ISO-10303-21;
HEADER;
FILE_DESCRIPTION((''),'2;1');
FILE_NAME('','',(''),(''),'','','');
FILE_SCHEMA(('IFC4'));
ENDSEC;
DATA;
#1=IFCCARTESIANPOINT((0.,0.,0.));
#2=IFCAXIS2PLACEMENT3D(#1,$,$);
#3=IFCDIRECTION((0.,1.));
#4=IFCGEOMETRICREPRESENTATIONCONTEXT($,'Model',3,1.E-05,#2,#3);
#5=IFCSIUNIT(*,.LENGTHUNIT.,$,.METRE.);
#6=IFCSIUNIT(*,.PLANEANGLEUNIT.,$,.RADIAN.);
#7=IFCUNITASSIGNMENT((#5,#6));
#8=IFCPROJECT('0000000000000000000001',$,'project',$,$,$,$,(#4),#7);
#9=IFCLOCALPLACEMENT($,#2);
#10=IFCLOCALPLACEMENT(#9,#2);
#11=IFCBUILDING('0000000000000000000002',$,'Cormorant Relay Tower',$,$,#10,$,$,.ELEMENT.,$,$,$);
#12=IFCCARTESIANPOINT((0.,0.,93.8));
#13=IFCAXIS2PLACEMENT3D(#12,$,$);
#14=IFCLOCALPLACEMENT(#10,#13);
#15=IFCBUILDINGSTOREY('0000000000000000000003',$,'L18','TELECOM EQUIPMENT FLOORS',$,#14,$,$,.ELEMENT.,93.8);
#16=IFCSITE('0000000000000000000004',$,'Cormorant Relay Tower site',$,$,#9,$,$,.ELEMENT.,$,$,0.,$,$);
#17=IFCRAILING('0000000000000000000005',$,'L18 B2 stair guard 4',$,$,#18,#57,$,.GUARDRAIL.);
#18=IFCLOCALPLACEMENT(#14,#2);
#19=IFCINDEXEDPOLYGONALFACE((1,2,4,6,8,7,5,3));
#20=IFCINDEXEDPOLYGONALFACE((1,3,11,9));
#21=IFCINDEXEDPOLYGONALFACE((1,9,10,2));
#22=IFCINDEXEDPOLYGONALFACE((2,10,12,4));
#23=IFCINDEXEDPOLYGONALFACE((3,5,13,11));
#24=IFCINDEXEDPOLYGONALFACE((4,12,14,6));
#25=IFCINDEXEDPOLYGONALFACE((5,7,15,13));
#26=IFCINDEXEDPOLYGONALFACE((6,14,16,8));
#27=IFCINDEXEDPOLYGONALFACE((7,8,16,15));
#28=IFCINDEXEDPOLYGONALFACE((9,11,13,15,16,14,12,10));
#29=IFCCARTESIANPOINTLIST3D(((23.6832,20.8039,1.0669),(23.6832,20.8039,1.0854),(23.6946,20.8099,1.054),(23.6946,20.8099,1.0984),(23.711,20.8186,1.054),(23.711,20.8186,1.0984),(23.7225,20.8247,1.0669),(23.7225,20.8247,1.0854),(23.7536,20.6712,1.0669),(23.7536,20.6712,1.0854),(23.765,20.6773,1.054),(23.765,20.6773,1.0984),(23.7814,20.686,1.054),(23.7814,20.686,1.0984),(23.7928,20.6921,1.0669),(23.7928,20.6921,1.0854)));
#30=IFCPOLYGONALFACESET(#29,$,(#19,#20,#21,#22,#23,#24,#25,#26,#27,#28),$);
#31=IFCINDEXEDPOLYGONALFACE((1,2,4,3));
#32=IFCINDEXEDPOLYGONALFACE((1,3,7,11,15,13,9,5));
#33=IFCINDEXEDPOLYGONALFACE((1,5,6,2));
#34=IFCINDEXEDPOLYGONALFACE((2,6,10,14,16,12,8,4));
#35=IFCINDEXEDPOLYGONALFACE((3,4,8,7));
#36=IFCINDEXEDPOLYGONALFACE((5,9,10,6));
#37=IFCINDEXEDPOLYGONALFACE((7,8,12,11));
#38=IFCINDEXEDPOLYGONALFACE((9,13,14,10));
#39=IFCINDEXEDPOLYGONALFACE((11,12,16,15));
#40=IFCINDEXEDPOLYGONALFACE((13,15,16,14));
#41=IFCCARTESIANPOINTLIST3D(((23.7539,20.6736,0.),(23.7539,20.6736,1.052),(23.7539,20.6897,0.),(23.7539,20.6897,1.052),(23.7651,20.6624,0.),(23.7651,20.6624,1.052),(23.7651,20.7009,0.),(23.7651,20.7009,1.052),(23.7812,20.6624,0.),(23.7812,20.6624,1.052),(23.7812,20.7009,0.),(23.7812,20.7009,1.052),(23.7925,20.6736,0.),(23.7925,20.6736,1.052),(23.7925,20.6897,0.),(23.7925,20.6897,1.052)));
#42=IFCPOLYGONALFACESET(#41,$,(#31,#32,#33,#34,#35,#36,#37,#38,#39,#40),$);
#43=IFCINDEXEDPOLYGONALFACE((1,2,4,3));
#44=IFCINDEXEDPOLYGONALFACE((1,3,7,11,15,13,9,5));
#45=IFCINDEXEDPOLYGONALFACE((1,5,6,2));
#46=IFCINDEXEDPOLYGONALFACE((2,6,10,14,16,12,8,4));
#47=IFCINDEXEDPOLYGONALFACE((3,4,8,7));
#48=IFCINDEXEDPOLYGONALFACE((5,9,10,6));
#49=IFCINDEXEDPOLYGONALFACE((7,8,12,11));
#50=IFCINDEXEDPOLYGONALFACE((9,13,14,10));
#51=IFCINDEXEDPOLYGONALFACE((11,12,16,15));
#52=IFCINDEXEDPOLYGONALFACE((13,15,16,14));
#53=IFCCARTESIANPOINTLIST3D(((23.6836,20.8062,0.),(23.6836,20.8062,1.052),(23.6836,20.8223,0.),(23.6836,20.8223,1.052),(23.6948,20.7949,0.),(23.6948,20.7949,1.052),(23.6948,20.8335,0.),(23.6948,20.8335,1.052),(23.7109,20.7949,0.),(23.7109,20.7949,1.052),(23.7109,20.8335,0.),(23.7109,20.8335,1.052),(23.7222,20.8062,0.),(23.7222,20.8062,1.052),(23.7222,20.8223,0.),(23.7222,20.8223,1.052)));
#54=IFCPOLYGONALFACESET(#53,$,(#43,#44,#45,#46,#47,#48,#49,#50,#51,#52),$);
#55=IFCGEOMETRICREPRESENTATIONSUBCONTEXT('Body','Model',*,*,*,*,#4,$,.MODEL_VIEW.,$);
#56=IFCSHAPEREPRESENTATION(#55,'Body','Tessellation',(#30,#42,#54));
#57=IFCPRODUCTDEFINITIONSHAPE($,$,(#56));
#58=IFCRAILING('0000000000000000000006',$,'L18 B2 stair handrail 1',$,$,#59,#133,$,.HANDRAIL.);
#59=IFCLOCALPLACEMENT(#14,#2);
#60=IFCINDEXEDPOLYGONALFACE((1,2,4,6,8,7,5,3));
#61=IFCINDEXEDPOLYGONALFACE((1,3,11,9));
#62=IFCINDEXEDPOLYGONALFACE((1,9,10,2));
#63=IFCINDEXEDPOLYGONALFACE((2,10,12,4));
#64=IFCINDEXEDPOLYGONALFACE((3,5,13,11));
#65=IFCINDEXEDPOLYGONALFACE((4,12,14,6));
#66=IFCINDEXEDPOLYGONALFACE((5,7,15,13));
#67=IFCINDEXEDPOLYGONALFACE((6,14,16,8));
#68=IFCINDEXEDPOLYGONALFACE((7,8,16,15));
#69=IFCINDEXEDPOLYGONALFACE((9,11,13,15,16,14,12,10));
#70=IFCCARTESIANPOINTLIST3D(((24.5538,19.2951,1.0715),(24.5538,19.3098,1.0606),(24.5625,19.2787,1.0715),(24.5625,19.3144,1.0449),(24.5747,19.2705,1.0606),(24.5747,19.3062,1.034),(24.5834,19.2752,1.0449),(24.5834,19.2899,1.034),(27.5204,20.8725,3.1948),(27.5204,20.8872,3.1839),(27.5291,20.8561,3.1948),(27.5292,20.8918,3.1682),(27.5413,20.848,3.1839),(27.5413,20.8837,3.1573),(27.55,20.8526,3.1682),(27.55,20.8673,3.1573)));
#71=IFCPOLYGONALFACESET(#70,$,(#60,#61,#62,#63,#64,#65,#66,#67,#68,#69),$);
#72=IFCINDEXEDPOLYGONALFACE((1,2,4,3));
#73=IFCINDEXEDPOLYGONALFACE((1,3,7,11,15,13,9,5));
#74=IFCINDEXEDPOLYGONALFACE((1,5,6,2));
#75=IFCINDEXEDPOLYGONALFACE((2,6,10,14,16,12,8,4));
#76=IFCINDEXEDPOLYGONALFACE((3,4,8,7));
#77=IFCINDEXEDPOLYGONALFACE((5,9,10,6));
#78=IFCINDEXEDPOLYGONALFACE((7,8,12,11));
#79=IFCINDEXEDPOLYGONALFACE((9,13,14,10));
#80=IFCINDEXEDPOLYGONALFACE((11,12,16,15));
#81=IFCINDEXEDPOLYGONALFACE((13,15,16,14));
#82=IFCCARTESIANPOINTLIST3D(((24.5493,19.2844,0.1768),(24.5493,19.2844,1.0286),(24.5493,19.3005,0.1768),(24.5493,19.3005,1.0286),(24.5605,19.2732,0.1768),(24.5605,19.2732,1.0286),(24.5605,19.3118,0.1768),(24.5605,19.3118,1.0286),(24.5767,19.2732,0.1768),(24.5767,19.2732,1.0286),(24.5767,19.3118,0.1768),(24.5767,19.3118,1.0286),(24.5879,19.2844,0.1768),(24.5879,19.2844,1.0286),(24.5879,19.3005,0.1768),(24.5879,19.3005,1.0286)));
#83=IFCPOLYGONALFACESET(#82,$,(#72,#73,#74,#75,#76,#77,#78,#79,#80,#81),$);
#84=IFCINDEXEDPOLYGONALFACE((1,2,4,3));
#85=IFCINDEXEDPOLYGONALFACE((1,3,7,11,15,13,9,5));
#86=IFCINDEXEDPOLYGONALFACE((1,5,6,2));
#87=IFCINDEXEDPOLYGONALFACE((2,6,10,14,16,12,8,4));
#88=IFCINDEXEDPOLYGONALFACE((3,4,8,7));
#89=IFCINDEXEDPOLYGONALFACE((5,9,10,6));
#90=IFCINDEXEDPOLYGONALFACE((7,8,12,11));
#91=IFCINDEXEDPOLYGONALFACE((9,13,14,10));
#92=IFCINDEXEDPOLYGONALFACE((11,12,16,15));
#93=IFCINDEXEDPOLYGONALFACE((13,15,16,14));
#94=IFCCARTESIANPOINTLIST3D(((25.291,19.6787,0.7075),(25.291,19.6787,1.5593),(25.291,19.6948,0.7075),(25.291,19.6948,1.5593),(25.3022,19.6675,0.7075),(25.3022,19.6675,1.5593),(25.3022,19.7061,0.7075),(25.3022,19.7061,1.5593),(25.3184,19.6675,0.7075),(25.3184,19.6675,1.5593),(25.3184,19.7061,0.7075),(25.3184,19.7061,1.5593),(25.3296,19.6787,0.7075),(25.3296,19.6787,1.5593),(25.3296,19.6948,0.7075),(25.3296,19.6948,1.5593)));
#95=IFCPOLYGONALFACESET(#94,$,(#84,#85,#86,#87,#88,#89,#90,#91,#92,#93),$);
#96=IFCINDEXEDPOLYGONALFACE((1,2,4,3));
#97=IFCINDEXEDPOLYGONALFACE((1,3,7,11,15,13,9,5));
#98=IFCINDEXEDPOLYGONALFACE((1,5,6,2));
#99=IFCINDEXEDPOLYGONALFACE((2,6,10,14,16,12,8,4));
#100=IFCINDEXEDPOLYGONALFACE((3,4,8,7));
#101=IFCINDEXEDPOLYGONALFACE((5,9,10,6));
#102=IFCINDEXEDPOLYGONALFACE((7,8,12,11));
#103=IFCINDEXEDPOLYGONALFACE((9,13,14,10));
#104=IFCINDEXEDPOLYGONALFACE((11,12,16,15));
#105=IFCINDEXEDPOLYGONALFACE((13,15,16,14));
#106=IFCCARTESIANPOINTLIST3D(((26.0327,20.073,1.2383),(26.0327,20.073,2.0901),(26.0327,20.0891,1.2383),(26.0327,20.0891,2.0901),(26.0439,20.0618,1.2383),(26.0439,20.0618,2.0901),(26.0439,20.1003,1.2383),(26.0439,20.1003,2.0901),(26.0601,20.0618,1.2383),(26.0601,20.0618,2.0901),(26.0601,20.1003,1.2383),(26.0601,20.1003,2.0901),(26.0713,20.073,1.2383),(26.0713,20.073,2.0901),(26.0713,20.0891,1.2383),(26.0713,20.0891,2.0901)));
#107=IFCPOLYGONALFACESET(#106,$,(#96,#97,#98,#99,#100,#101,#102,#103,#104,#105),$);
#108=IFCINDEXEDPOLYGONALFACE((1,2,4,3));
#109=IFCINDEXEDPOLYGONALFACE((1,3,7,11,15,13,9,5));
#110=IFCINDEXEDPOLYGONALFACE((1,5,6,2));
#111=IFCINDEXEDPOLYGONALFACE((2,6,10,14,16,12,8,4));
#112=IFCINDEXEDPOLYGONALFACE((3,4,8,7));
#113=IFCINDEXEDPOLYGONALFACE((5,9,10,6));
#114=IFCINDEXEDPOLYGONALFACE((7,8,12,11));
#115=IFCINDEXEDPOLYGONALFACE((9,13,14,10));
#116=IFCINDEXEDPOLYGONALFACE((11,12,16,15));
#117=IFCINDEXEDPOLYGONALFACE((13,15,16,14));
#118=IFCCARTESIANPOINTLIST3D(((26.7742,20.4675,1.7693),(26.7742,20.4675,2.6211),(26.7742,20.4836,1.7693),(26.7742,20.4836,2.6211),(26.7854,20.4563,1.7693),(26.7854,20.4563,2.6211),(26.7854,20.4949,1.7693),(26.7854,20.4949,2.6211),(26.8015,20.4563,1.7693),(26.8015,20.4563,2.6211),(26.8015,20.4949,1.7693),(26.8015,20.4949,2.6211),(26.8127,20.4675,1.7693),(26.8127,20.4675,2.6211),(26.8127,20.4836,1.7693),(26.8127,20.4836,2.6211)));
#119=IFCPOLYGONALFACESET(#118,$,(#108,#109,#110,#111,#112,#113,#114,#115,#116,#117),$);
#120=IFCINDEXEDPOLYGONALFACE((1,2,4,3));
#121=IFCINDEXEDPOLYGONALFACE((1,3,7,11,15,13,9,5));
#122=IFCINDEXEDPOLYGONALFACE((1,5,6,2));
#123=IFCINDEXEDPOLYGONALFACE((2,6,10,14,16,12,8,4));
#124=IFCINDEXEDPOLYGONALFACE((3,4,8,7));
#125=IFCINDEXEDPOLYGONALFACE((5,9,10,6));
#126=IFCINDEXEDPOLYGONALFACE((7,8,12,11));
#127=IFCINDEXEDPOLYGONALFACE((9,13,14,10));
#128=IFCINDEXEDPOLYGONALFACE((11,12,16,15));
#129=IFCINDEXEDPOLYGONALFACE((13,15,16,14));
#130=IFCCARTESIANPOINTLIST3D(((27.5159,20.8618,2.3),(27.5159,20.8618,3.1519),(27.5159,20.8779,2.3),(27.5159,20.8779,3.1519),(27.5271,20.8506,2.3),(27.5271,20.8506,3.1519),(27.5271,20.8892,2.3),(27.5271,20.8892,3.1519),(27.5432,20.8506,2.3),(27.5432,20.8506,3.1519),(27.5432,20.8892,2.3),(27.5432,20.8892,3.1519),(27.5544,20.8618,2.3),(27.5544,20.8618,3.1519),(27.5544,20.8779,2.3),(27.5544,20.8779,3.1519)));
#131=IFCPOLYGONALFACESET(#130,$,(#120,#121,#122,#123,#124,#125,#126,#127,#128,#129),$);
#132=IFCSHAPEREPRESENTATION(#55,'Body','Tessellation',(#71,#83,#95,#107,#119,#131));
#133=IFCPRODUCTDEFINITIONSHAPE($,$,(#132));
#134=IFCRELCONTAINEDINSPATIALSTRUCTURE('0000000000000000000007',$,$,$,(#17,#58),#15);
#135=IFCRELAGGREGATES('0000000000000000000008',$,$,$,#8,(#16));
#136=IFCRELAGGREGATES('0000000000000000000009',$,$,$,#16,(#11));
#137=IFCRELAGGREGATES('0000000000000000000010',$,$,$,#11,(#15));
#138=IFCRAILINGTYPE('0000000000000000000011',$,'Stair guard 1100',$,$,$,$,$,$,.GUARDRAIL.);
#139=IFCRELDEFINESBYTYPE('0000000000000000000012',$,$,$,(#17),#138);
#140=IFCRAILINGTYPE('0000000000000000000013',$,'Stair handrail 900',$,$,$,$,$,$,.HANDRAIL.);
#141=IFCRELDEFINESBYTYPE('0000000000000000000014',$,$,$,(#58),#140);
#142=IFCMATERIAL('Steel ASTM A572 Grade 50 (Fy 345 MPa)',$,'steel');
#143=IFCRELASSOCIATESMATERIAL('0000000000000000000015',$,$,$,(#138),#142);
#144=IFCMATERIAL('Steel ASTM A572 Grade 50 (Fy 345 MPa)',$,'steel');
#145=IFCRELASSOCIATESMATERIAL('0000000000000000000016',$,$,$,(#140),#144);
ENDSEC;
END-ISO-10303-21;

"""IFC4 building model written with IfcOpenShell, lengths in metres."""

from ifc_helpers import new_model, si_unit, direction, frame, origin, place, context, subcontext, project, spatial, polyline, outline, extrude, material, type_object, element, save


model = new_model("IFC4")

# Units and contexts
model_context = context("Model", 3, precision=1e-05, world=origin(), true_north=direction((0.0, 1.0)))
body_context = subcontext(model_context, "Body", "Model", "MODEL_VIEW")
ifc_project = project(units=[si_unit("LENGTHUNIT", "METRE"), si_unit("PLANEANGLEUNIT", "RADIAN")], contexts=[model_context])

# Site, building, storey
site_placement = place(None, origin())
site = spatial("IfcSite", under=ifc_project, at=site_placement, Name="Cormorant Relay Tower site", CompositionType="ELEMENT", RefElevation=0.0)
building_placement = place(site_placement, origin())
building = spatial("IfcBuilding", under=site, at=building_placement, Name="Cormorant Relay Tower", CompositionType="ELEMENT")
storey_placement = place(building_placement, frame((0.0, 0.0, 93.8)))
storey = spatial("IfcBuildingStorey", under=building, at=storey_placement, Name="L18", Description="TELECOM EQUIPMENT FLOORS", CompositionType="ELEMENT", Elevation=93.8)

# Railings
ifc_material_1 = material(Name="Steel ASTM A572 Grade 50 (Fy 345 MPa)", Category="steel")
railing_type_1 = type_object("IfcRailingType", Name="Stair guard 1100", PredefinedType="GUARDRAIL", material=ifc_material_1)
railing_1_placement = place(storey_placement, frame((23.7732, 20.6816, 0.0)))
element("IfcRailing", 1, at=railing_1_placement, inside=storey, type_object=railing_type_1, Name="L18 B2 stair guard 4", PredefinedType="GUARDRAIL", context=body_context, shape_type="SweptSolid", body=[
    extrude(outline(polyline([(0.0222, 0.0093), (0.0093, 0.0222), (-0.0093, 0.0222), (-0.0222, 0.0093), (-0.0222, -0.0093), (-0.0093, -0.0222), (0.0093, -0.0222), (0.0222, -0.0093), (0.0222, 0.0093)])), frame((0.0, 0.0, 1.0762), z_axis=(-0.46856, 0.883431, 0.0), x_axis=(-0.883431, -0.46856, 0.0)), (0.0, 0.0, 1.0), 0.1501),
    extrude(outline(polyline([(0.0193, 0.0081), (0.0081, 0.0193), (-0.0081, 0.0193), (-0.0193, 0.0081), (-0.0193, -0.0081), (-0.0081, -0.0193), (0.0081, -0.0193), (0.0193, -0.0081), (0.0193, 0.0081)])), origin(), (0.0, 0.0, 1.0), 1.052),
    extrude(outline(polyline([(0.0193, 0.0081), (0.0081, 0.0193), (-0.0081, 0.0193), (-0.0193, 0.0081), (-0.0193, -0.0081), (-0.0081, -0.0193), (0.0081, -0.0193), (0.0193, -0.0081), (0.0193, 0.0081)])), frame((-0.0703, 0.1326, 0.0)), (0.0, 0.0, 1.0), 1.052),
])
ifc_material_2 = material(Name="Steel ASTM A572 Grade 50 (Fy 345 MPa)", Category="steel")
railing_type_2 = type_object("IfcRailingType", Name="Stair handrail 900", PredefinedType="HANDRAIL", material=ifc_material_2)
railing_2_placement = place(storey_placement, frame((24.5686, 19.2925, 0.1768)))
element("IfcRailing", 2, at=railing_2_placement, inside=storey, type_object=railing_type_2, Name="L18 B2 stair handrail 1", PredefinedType="HANDRAIL", context=body_context, shape_type="SweptSolid", body=[
    extrude(outline(polyline([(0.0222, 0.0093), (0.0093, 0.0222), (-0.0093, 0.0222), (-0.0222, 0.0093), (-0.0222, -0.0093), (-0.0093, -0.0222), (0.0093, -0.0222), (0.0222, -0.0093), (0.0222, 0.0093)])), frame((0.0, 0.0, 0.876), z_axis=(0.746389, 0.396874, 0.534223), x_axis=(-0.469483, 0.882942, 0.0)), (0.0, 0.0, 1.0), 3.9746),
    extrude(outline(polyline([(0.0193, 0.0081), (0.0081, 0.0193), (-0.0081, 0.0193), (-0.0193, 0.0081), (-0.0193, -0.0081), (-0.0081, -0.0193), (0.0081, -0.0193), (0.0193, -0.0081), (0.0193, 0.0081)])), origin(), (0.0, 0.0, 1.0), 0.8518),
    extrude(outline(polyline([(0.0193, 0.0081), (0.0081, 0.0193), (-0.0081, 0.0193), (-0.0193, 0.0081), (-0.0193, -0.0081), (-0.0081, -0.0193), (0.0081, -0.0193), (0.0193, -0.0081), (0.0193, 0.0081)])), frame((0.7417, 0.3943, 0.5308)), (0.0, 0.0, 1.0), 0.8518),
    extrude(outline(polyline([(0.0193, 0.0081), (0.0081, 0.0193), (-0.0081, 0.0193), (-0.0193, 0.0081), (-0.0193, -0.0081), (-0.0081, -0.0193), (0.0081, -0.0193), (0.0193, -0.0081), (0.0193, 0.0081)])), frame((1.4834, 0.7886, 1.0615)), (0.0, 0.0, 1.0), 0.8518),
    extrude(outline(polyline([(0.0193, 0.0081), (0.0081, 0.0193), (-0.0081, 0.0193), (-0.0193, 0.0081), (-0.0193, -0.0081), (-0.0081, -0.0193), (0.0081, -0.0193), (0.0193, -0.0081), (0.0193, 0.0081)])), frame((2.2249, 1.1831, 1.5925)), (0.0, 0.0, 1.0), 0.8518),
    extrude(outline(polyline([(0.0193, 0.0081), (0.0081, 0.0193), (-0.0081, 0.0193), (-0.0193, 0.0081), (-0.0193, -0.0081), (-0.0081, -0.0193), (0.0081, -0.0193), (0.0193, -0.0081), (0.0193, 0.0081)])), frame((2.9666, 1.5774, 2.1233)), (0.0, 0.0, 1.0), 0.8518),
])

save(model, "model.ifc")
